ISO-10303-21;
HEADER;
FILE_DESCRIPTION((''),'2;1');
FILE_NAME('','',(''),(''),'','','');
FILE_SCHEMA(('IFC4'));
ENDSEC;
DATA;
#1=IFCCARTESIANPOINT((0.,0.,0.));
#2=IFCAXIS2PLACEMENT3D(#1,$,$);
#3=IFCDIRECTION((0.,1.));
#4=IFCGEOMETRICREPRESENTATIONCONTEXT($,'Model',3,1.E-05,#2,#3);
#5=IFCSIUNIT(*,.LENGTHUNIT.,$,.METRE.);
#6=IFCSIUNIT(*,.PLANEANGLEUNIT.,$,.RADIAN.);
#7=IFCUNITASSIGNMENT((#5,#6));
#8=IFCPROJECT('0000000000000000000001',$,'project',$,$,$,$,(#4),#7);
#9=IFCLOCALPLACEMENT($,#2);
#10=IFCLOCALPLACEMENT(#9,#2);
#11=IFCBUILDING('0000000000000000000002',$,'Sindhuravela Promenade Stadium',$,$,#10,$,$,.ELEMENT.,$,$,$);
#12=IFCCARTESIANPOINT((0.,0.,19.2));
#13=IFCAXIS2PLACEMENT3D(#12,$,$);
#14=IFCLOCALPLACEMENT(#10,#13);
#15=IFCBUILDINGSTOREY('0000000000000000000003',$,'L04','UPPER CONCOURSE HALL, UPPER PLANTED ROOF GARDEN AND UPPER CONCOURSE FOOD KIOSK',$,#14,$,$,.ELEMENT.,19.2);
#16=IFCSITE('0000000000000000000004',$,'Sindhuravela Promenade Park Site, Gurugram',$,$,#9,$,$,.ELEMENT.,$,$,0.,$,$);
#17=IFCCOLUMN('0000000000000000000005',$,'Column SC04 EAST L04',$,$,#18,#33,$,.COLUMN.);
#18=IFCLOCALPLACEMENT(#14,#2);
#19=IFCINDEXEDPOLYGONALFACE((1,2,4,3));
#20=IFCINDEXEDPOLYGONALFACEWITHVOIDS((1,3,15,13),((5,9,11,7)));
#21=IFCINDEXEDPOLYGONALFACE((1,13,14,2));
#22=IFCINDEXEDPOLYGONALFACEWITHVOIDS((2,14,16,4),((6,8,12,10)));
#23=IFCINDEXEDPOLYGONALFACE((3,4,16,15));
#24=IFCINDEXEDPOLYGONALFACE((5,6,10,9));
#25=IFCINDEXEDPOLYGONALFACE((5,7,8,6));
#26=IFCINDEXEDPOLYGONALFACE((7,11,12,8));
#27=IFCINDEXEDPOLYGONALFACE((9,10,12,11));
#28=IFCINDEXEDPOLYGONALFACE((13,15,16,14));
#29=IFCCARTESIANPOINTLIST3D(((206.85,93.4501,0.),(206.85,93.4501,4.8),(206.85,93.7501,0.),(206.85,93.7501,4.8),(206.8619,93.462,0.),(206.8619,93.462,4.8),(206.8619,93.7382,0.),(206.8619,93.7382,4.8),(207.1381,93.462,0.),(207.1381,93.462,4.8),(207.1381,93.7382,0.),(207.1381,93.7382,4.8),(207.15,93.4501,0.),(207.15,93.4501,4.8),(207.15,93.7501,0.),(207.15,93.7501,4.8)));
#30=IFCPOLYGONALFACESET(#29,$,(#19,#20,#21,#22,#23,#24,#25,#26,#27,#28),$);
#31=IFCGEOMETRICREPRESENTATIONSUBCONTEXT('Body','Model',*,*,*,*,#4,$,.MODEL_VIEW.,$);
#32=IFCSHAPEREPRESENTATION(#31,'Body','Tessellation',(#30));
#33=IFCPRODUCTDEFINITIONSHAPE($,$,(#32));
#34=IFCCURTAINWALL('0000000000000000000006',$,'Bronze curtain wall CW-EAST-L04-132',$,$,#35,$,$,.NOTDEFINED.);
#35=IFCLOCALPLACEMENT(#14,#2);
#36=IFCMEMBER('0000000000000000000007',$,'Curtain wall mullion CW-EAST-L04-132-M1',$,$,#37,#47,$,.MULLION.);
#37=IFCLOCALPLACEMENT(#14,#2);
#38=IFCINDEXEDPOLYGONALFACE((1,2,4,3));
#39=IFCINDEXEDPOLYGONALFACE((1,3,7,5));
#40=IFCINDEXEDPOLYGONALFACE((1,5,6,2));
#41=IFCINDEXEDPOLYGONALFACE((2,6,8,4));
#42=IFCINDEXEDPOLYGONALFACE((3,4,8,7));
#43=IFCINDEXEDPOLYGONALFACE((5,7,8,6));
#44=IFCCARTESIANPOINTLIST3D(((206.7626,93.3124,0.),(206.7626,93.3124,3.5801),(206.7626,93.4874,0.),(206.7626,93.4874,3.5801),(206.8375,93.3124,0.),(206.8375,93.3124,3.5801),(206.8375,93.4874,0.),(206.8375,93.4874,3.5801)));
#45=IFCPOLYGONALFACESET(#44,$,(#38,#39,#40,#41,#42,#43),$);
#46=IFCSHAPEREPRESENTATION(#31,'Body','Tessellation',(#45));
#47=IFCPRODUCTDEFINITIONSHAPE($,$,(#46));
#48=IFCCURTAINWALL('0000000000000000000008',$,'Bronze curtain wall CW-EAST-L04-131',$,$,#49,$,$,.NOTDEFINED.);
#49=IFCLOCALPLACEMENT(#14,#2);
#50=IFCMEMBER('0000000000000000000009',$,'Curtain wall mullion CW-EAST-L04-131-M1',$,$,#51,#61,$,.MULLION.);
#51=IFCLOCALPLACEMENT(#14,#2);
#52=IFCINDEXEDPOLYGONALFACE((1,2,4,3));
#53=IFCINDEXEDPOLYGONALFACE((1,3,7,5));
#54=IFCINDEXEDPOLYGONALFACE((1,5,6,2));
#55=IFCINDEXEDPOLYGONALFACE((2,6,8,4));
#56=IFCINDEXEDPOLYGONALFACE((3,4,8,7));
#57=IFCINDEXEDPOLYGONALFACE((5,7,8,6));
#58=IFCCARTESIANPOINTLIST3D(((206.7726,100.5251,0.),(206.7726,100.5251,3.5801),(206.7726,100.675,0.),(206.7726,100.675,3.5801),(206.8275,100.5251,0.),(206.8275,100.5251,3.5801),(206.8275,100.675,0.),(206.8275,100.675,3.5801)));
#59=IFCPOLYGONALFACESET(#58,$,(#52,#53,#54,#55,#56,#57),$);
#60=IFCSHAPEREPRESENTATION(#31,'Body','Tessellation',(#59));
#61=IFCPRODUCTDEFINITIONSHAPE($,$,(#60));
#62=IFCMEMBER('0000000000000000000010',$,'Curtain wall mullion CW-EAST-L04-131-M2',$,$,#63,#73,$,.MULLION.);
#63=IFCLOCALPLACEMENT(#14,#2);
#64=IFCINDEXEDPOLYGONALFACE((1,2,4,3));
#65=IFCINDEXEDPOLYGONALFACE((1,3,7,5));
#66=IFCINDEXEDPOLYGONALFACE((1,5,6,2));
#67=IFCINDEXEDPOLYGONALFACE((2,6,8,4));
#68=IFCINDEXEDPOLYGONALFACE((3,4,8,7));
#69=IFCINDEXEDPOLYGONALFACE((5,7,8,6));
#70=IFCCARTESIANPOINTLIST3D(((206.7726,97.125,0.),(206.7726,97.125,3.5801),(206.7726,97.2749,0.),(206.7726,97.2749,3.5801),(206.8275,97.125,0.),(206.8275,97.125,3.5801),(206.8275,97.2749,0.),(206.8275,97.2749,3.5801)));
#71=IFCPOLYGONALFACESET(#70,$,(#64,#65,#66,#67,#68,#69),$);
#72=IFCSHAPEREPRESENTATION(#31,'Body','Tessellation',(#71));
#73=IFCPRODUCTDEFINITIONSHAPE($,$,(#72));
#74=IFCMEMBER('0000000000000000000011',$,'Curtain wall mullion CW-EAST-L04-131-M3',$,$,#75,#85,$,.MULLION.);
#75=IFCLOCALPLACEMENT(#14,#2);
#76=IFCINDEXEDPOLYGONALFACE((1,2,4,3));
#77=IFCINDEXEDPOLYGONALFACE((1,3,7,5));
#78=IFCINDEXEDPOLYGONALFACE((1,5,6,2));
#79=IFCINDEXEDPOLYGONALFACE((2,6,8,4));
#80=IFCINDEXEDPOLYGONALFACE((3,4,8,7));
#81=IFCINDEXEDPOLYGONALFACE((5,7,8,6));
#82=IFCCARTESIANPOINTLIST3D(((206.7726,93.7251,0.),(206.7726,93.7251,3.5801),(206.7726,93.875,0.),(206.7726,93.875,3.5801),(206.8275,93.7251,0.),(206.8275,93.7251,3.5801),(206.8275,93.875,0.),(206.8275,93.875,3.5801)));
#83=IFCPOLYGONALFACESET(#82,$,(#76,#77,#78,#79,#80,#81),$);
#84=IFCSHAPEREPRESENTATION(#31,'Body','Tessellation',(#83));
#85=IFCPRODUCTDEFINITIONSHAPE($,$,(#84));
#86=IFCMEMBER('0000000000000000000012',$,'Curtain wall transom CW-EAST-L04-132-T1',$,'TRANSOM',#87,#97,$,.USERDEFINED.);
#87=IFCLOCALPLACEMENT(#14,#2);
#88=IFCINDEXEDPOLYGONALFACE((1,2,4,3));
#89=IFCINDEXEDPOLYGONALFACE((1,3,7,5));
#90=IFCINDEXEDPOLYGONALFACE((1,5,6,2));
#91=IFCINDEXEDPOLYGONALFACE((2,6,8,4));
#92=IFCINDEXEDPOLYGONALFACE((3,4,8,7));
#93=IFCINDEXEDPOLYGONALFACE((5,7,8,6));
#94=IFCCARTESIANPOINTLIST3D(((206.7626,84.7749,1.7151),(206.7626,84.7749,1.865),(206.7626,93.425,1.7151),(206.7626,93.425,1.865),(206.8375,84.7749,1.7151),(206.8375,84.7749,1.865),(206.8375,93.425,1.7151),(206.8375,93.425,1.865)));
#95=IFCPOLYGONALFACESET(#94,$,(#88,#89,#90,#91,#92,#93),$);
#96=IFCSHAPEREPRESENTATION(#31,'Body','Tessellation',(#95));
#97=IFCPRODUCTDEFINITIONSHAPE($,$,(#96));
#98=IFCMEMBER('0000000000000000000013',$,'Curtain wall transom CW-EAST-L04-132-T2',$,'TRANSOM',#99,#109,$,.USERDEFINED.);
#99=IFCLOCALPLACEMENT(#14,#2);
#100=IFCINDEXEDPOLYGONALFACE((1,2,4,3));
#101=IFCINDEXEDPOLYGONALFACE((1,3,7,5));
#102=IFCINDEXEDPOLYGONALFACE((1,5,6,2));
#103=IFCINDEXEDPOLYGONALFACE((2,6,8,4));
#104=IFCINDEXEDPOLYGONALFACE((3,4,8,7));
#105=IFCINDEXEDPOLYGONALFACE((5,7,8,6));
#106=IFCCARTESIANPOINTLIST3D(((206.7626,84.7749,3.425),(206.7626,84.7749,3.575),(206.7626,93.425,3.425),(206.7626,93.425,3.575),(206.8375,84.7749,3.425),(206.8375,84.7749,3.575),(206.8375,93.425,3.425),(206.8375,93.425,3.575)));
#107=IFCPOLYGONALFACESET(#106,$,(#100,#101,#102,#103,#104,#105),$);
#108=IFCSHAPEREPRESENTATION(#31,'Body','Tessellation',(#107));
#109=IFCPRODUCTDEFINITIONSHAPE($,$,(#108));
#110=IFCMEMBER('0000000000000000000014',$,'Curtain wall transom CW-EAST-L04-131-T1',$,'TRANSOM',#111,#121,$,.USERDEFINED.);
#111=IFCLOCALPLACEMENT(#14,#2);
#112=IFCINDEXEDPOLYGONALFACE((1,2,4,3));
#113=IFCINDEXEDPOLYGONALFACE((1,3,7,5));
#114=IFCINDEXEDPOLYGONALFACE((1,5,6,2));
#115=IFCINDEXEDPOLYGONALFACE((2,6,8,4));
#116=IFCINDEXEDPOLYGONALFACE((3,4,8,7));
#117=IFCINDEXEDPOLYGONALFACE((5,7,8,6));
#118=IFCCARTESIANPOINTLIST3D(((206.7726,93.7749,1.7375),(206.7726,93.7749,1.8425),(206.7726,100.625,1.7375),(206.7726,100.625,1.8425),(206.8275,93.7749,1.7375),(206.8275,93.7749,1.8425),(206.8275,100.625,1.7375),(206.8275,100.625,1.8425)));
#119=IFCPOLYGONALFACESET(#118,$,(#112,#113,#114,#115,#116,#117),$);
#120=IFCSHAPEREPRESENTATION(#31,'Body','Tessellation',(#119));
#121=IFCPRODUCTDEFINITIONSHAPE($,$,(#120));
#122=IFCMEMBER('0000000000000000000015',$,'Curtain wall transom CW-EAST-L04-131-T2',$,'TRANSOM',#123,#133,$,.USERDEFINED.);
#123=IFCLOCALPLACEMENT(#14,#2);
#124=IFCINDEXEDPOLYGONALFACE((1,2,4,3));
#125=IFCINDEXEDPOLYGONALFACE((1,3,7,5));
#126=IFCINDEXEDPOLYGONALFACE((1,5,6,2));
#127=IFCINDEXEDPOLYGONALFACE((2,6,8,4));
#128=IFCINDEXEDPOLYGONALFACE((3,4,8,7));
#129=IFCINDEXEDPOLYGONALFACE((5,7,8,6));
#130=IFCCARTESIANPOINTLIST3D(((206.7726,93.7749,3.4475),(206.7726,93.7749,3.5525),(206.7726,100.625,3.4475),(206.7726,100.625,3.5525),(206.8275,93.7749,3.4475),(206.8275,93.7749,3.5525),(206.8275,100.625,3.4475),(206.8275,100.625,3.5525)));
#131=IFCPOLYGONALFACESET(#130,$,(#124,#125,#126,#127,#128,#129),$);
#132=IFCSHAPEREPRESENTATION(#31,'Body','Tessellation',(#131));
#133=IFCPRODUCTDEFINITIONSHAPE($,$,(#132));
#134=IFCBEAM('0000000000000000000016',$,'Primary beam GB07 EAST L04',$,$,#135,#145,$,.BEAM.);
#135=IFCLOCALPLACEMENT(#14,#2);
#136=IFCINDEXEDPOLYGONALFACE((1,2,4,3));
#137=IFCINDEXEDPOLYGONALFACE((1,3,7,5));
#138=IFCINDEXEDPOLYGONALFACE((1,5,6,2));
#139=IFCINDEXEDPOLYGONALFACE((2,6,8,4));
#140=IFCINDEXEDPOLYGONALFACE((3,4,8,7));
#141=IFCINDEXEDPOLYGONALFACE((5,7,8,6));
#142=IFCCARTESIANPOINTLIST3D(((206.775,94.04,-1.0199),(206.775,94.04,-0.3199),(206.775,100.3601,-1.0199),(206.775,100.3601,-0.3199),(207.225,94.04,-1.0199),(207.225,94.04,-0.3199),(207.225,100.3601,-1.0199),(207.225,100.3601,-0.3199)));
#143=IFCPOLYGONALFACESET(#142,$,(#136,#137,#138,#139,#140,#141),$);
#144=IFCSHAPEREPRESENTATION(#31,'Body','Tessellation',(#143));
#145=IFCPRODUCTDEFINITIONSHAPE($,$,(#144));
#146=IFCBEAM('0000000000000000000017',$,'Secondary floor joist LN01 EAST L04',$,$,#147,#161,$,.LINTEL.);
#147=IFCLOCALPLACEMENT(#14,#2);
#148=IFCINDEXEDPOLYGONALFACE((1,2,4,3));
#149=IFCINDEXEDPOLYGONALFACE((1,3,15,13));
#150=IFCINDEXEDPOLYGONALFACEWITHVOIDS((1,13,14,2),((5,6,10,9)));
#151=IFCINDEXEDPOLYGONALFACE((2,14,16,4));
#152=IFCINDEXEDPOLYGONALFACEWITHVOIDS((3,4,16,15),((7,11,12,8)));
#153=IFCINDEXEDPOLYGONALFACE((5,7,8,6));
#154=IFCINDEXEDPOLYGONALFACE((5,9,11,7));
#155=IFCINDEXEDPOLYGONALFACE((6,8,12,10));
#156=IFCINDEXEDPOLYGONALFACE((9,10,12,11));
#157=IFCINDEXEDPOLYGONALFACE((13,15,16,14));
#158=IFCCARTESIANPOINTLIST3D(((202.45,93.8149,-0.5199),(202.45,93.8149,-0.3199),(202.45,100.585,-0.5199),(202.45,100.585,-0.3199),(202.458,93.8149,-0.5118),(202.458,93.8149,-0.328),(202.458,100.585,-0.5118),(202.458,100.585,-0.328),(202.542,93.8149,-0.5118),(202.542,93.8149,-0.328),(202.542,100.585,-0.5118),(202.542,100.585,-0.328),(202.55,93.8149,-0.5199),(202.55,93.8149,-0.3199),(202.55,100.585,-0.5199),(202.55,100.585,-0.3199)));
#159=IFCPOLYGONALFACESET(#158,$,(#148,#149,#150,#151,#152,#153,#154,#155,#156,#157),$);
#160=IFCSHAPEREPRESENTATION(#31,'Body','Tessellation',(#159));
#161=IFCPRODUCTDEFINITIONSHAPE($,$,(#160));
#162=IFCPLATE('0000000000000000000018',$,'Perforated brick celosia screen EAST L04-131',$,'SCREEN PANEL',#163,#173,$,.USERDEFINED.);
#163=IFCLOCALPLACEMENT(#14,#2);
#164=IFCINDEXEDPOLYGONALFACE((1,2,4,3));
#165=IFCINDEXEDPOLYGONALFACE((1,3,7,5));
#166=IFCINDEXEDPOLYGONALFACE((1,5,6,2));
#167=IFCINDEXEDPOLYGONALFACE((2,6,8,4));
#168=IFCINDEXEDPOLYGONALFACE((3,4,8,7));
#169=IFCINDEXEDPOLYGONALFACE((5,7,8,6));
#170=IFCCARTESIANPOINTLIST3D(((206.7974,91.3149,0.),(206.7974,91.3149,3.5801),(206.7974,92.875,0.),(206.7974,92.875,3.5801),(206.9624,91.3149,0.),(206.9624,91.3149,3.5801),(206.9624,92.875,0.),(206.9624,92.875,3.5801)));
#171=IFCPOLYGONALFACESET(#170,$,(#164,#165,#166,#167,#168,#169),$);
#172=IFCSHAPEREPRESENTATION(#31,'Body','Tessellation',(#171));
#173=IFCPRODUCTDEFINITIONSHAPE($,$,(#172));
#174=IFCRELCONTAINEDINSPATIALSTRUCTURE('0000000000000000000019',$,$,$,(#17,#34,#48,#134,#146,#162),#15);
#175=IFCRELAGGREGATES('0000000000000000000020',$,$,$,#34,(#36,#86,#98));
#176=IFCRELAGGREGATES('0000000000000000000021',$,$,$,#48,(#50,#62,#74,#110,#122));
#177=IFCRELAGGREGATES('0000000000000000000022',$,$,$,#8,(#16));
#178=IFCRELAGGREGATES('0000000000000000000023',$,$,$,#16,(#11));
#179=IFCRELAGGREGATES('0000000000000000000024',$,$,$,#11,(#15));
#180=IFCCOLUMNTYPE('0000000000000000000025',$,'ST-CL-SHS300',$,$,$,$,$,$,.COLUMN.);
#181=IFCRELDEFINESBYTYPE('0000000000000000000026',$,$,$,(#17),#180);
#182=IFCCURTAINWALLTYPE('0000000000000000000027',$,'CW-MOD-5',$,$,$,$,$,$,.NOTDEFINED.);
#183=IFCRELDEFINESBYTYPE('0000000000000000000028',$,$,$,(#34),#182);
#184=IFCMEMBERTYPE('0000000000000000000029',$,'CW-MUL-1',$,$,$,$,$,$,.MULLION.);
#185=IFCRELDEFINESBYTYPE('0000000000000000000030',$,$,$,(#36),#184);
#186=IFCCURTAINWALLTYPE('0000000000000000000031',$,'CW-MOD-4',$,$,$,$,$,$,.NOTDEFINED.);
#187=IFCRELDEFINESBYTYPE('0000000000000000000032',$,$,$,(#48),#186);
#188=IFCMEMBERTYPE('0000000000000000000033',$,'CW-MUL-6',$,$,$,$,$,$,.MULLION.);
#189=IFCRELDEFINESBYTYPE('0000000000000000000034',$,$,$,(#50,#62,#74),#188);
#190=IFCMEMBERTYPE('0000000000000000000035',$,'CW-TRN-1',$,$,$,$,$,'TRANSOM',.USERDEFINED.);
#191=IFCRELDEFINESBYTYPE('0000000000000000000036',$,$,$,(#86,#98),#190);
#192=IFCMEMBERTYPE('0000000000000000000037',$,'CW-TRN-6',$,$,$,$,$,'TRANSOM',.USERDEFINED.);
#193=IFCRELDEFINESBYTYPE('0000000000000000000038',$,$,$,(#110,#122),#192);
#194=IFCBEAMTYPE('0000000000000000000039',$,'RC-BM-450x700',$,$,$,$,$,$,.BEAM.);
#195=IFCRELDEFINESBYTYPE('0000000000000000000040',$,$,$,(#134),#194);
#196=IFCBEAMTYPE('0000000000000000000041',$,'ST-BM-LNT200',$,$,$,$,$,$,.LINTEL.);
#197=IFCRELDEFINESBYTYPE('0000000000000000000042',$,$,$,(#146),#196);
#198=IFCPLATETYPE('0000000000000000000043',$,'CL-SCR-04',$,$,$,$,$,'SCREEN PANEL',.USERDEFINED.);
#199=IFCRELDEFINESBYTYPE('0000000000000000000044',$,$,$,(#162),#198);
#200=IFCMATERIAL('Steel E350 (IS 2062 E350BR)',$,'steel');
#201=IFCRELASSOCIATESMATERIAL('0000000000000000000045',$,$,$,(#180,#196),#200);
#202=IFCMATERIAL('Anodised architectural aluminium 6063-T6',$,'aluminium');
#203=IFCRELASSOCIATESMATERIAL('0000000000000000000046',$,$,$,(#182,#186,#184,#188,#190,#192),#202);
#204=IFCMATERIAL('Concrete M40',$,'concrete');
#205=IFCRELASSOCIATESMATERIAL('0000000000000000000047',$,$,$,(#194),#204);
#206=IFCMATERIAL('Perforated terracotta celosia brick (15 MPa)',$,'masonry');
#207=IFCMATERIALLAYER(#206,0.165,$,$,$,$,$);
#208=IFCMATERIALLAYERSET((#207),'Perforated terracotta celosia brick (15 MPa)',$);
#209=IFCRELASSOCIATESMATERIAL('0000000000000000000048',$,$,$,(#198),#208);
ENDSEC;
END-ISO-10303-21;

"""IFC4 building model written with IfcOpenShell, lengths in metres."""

from ifc_helpers import new_model, si_unit, direction, frame, origin, origin_2d, place, context, subcontext, project, spatial, rectangle, hollow_rectangle, extrude, material, layer, layer_set, material_profile, profile_set, type_object, element, aggregate, save


model = new_model("IFC4")

# Units and contexts
model_context = context("Model", 3, precision=1e-05, world=origin(), true_north=direction((0.0, 1.0)))
body_context = subcontext(model_context, "Body", "Model", "MODEL_VIEW")
ifc_project = project(units=[si_unit("LENGTHUNIT", "METRE"), si_unit("PLANEANGLEUNIT", "RADIAN")], contexts=[model_context])

# Site, building, storey
site_placement = place(None, origin())
site = spatial("IfcSite", under=ifc_project, at=site_placement, Name="Sindhuravela Promenade Park Site, Gurugram", CompositionType="ELEMENT", RefElevation=0.0)
building_placement = place(site_placement, origin())
building = spatial("IfcBuilding", under=site, at=building_placement, Name="Sindhuravela Promenade Stadium", CompositionType="ELEMENT")
storey_placement = place(building_placement, frame((0.0, 0.0, 19.2)))
storey = spatial("IfcBuildingStorey", under=building, at=storey_placement, Name="L04", Description="UPPER CONCOURSE HALL, UPPER PLANTED ROOF GARDEN AND UPPER CONCOURSE FOOD KIOSK", CompositionType="ELEMENT", Elevation=19.2)

# Column
ifc_material_1 = material(Name="Steel E350 (IS 2062 E350BR)", Category="steel")
ifc_material_profile_1 = material_profile(ifc_material_1, hollow_rectangle(XDim=0.3, YDim=0.3, WallThickness=0.012, at=origin_2d()), Name="SHS 300x300x12")
ifc_profile_set_1 = profile_set([ifc_material_profile_1], Name="Steel E350 (IS 2062 E350BR)")
column_type = type_object("IfcColumnType", Name="ST-CL-SHS300", PredefinedType="COLUMN", material=ifc_profile_set_1)
column_placement = place(storey_placement, frame((207.0, 93.6001, 0.0), z_axis=(0.0, 0.0, 1.0), x_axis=(1.0, 0.0, 0.0)))
element("IfcColumn", 1, at=column_placement, inside=storey, type_object=column_type, Name="Column SC04 EAST L04", PredefinedType="COLUMN", context=body_context, shape_type="SweptSolid", body=[
    extrude(hollow_rectangle(XDim=0.3, YDim=0.3, WallThickness=0.012, at=origin_2d()), origin(), (0.0, 0.0, 1.0), 4.8),
])

# Curtain wall, member
ifc_material_2 = material(Name="Anodised architectural aluminium 6063-T6", Category="aluminium")
curtain_wall_type_1 = type_object("IfcCurtainWallType", Name="CW-MOD-5", PredefinedType="NOTDEFINED", material=ifc_material_2)
curtain_wall_1_placement = place(storey_placement, origin())
curtain_wall_1 = element("IfcCurtainWall", 2, at=curtain_wall_1_placement, inside=storey, type_object=curtain_wall_type_1, Name="Bronze curtain wall CW-EAST-L04-132", PredefinedType="NOTDEFINED")
ifc_material_profile_2 = material_profile(ifc_material_2, rectangle(XDim=0.075, YDim=0.175, at=origin_2d()), Name="ALU MULL 75x175")
ifc_profile_set_2 = profile_set([ifc_material_profile_2], Name="Anodised architectural aluminium 6063-T6")
member_type_1 = type_object("IfcMemberType", Name="CW-MUL-1", PredefinedType="MULLION", material=ifc_profile_set_2)
member_1_placement = place(storey_placement, frame((206.8, 93.3999, 0.0), z_axis=(0.0, 0.0, 1.0), x_axis=(1.0, 0.0, 0.0)))
member_1 = element("IfcMember", 3, at=member_1_placement, type_object=member_type_1, Name="Curtain wall mullion CW-EAST-L04-132-M1", PredefinedType="MULLION", context=body_context, shape_type="SweptSolid", body=[
    extrude(rectangle(XDim=0.075, YDim=0.175, at=origin_2d()), origin(), (0.0, 0.0, 1.0), 3.5801),
])

# Curtain wall, members
curtain_wall_type_2 = type_object("IfcCurtainWallType", Name="CW-MOD-4", PredefinedType="NOTDEFINED", material=ifc_material_2)
curtain_wall_2_placement = place(storey_placement, origin())
curtain_wall_2 = element("IfcCurtainWall", 4, at=curtain_wall_2_placement, inside=storey, type_object=curtain_wall_type_2, Name="Bronze curtain wall CW-EAST-L04-131", PredefinedType="NOTDEFINED")
ifc_material_profile_3 = material_profile(ifc_material_2, rectangle(XDim=0.0549, YDim=0.1499, at=origin_2d()), Name="ALU M55x150")
ifc_profile_set_3 = profile_set([ifc_material_profile_3], Name="Anodised architectural aluminium 6063-T6")
member_type_2 = type_object("IfcMemberType", Name="CW-MUL-6", PredefinedType="MULLION", material=ifc_profile_set_3)
member_2_placement = place(storey_placement, frame((206.8, 100.6001, 0.0), z_axis=(0.0, 0.0, 1.0), x_axis=(1.0, 0.0, 0.0)))
member_2 = element("IfcMember", 5, at=member_2_placement, type_object=member_type_2, Name="Curtain wall mullion CW-EAST-L04-131-M1", PredefinedType="MULLION", context=body_context, shape_type="SweptSolid", body=[
    extrude(rectangle(XDim=0.0549, YDim=0.1499, at=origin_2d()), origin(), (0.0, 0.0, 1.0), 3.5801),
])
member_3_placement = place(storey_placement, frame((206.8, 97.2, 0.0), z_axis=(0.0, 0.0, 1.0), x_axis=(1.0, 0.0, 0.0)))
member_3 = element("IfcMember", 6, at=member_3_placement, type_object=member_type_2, Name="Curtain wall mullion CW-EAST-L04-131-M2", PredefinedType="MULLION", context=body_context, shape_type="SweptSolid", body=[
    extrude(rectangle(XDim=0.0549, YDim=0.1499, at=origin_2d()), origin(), (0.0, 0.0, 1.0), 3.5801),
])
member_4_placement = place(storey_placement, frame((206.8, 93.8, 0.0), z_axis=(0.0, 0.0, 1.0), x_axis=(1.0, 0.0, 0.0)))
member_4 = element("IfcMember", 7, at=member_4_placement, type_object=member_type_2, Name="Curtain wall mullion CW-EAST-L04-131-M3", PredefinedType="MULLION", context=body_context, shape_type="SweptSolid", body=[
    extrude(rectangle(XDim=0.0549, YDim=0.1499, at=origin_2d()), origin(), (0.0, 0.0, 1.0), 3.5801),
])

# Members
ifc_material_profile_4 = material_profile(ifc_material_2, rectangle(XDim=0.075, YDim=0.1499, at=origin_2d()), Name="ALU TRAN 75x150")
ifc_profile_set_4 = profile_set([ifc_material_profile_4], Name="Anodised architectural aluminium 6063-T6")
member_type_3 = type_object("IfcMemberType", Name="CW-TRN-1", ElementType="TRANSOM", PredefinedType="USERDEFINED", material=ifc_profile_set_4)
member_5_placement = place(storey_placement, frame((206.8, 93.425, 1.79), z_axis=(0.0, -1.0, 0.0), x_axis=(1.0, 0.0, 0.0)))
member_5 = element("IfcMember", 8, at=member_5_placement, type_object=member_type_3, Name="Curtain wall transom CW-EAST-L04-132-T1", ObjectType="TRANSOM", PredefinedType="USERDEFINED", context=body_context, shape_type="SweptSolid", body=[
    extrude(rectangle(XDim=0.075, YDim=0.1499, at=origin_2d()), origin(), (0.0, 0.0, 1.0), 8.6501),
])
member_6_placement = place(storey_placement, frame((206.8, 93.425, 3.5), z_axis=(0.0, -1.0, 0.0), x_axis=(1.0, 0.0, 0.0)))
member_6 = element("IfcMember", 9, at=member_6_placement, type_object=member_type_3, Name="Curtain wall transom CW-EAST-L04-132-T2", ObjectType="TRANSOM", PredefinedType="USERDEFINED", context=body_context, shape_type="SweptSolid", body=[
    extrude(rectangle(XDim=0.075, YDim=0.1499, at=origin_2d()), origin(), (0.0, 0.0, 1.0), 8.6501),
])
ifc_material_profile_5 = material_profile(ifc_material_2, rectangle(XDim=0.0549, YDim=0.105, at=origin_2d()), Name="ALU T55x105")
ifc_profile_set_5 = profile_set([ifc_material_profile_5], Name="Anodised architectural aluminium 6063-T6")
member_type_4 = type_object("IfcMemberType", Name="CW-TRN-6", ElementType="TRANSOM", PredefinedType="USERDEFINED", material=ifc_profile_set_5)
member_7_placement = place(storey_placement, frame((206.8, 100.625, 1.79), z_axis=(0.0, -1.0, 0.0), x_axis=(1.0, 0.0, 0.0)))
member_7 = element("IfcMember", 10, at=member_7_placement, type_object=member_type_4, Name="Curtain wall transom CW-EAST-L04-131-T1", ObjectType="TRANSOM", PredefinedType="USERDEFINED", context=body_context, shape_type="SweptSolid", body=[
    extrude(rectangle(XDim=0.0549, YDim=0.105, at=origin_2d()), origin(), (0.0, 0.0, 1.0), 6.8501),
])
member_8_placement = place(storey_placement, frame((206.8, 100.625, 3.5), z_axis=(0.0, -1.0, 0.0), x_axis=(1.0, 0.0, 0.0)))
member_8 = element("IfcMember", 11, at=member_8_placement, type_object=member_type_4, Name="Curtain wall transom CW-EAST-L04-131-T2", ObjectType="TRANSOM", PredefinedType="USERDEFINED", context=body_context, shape_type="SweptSolid", body=[
    extrude(rectangle(XDim=0.0549, YDim=0.105, at=origin_2d()), origin(), (0.0, 0.0, 1.0), 6.8501),
])

# Beams
ifc_material_3 = material(Name="Concrete M40", Category="concrete")
ifc_material_profile_6 = material_profile(ifc_material_3, rectangle(XDim=0.45, YDim=0.7, at=origin_2d()), Name="RC 450x700")
ifc_profile_set_6 = profile_set([ifc_material_profile_6], Name="Concrete M40")
beam_type_1 = type_object("IfcBeamType", Name="RC-BM-450x700", PredefinedType="BEAM", material=ifc_profile_set_6)
beam_1_placement = place(storey_placement, frame((207.0, 94.04, -0.6699), z_axis=(0.0, 1.0, 0.0), x_axis=(-1.0, 0.0, 0.0)))
element("IfcBeam", 12, at=beam_1_placement, inside=storey, type_object=beam_type_1, Name="Primary beam GB07 EAST L04", PredefinedType="BEAM", context=body_context, shape_type="SweptSolid", body=[
    extrude(rectangle(XDim=0.45, YDim=0.7, at=origin_2d()), origin(), (0.0, 0.0, 1.0), 6.3201),
])
ifc_material_profile_7 = material_profile(ifc_material_1, hollow_rectangle(XDim=0.1001, YDim=0.2, WallThickness=0.0081, at=origin_2d()), Name="RHS 200x100x8")
ifc_profile_set_7 = profile_set([ifc_material_profile_7], Name="Steel E350 (IS 2062 E350BR)")
beam_type_2 = type_object("IfcBeamType", Name="ST-BM-LNT200", PredefinedType="LINTEL", material=ifc_profile_set_7)
beam_2_placement = place(storey_placement, frame((202.5, 93.8149, -0.4199), z_axis=(0.0, 1.0, 0.0), x_axis=(-1.0, 0.0, 0.0)))
element("IfcBeam", 13, at=beam_2_placement, inside=storey, type_object=beam_type_2, Name="Secondary floor joist LN01 EAST L04", PredefinedType="LINTEL", context=body_context, shape_type="SweptSolid", body=[
    extrude(hollow_rectangle(XDim=0.1001, YDim=0.2, WallThickness=0.0081, at=origin_2d()), origin(), (0.0, 0.0, 1.0), 6.77),
])

# Plate
ifc_material_4 = material(Name="Perforated terracotta celosia brick (15 MPa)", Category="masonry")
ifc_layer_1 = layer(ifc_material_4, 0.165)
ifc_layer_set_1 = layer_set([ifc_layer_1], Name="Perforated terracotta celosia brick (15 MPa)")
plate_type_1 = type_object("IfcPlateType", Name="CL-SCR-04", ElementType="SCREEN PANEL", PredefinedType="USERDEFINED", material=ifc_layer_set_1)
plate_1_placement = place(storey_placement, frame((206.8799, 92.095, 0.0), z_axis=(0.0, 0.0, 1.0), x_axis=(0.0, -1.0, 0.0)))
element("IfcPlate", 14, at=plate_1_placement, inside=storey, type_object=plate_type_1, Name="Perforated brick celosia screen EAST L04-131", ObjectType="SCREEN PANEL", PredefinedType="USERDEFINED", context=body_context, shape_type="SweptSolid", body=[
    extrude(rectangle(XDim=1.5601, YDim=0.165, at=origin_2d()), origin(), (0.0, 0.0, 1.0), 3.5801),
])
aggregate(curtain_wall_1, [member_1, member_5, member_6])
aggregate(curtain_wall_2, [member_2, member_3, member_4, member_7, member_8])

save(model, "model.ifc")
